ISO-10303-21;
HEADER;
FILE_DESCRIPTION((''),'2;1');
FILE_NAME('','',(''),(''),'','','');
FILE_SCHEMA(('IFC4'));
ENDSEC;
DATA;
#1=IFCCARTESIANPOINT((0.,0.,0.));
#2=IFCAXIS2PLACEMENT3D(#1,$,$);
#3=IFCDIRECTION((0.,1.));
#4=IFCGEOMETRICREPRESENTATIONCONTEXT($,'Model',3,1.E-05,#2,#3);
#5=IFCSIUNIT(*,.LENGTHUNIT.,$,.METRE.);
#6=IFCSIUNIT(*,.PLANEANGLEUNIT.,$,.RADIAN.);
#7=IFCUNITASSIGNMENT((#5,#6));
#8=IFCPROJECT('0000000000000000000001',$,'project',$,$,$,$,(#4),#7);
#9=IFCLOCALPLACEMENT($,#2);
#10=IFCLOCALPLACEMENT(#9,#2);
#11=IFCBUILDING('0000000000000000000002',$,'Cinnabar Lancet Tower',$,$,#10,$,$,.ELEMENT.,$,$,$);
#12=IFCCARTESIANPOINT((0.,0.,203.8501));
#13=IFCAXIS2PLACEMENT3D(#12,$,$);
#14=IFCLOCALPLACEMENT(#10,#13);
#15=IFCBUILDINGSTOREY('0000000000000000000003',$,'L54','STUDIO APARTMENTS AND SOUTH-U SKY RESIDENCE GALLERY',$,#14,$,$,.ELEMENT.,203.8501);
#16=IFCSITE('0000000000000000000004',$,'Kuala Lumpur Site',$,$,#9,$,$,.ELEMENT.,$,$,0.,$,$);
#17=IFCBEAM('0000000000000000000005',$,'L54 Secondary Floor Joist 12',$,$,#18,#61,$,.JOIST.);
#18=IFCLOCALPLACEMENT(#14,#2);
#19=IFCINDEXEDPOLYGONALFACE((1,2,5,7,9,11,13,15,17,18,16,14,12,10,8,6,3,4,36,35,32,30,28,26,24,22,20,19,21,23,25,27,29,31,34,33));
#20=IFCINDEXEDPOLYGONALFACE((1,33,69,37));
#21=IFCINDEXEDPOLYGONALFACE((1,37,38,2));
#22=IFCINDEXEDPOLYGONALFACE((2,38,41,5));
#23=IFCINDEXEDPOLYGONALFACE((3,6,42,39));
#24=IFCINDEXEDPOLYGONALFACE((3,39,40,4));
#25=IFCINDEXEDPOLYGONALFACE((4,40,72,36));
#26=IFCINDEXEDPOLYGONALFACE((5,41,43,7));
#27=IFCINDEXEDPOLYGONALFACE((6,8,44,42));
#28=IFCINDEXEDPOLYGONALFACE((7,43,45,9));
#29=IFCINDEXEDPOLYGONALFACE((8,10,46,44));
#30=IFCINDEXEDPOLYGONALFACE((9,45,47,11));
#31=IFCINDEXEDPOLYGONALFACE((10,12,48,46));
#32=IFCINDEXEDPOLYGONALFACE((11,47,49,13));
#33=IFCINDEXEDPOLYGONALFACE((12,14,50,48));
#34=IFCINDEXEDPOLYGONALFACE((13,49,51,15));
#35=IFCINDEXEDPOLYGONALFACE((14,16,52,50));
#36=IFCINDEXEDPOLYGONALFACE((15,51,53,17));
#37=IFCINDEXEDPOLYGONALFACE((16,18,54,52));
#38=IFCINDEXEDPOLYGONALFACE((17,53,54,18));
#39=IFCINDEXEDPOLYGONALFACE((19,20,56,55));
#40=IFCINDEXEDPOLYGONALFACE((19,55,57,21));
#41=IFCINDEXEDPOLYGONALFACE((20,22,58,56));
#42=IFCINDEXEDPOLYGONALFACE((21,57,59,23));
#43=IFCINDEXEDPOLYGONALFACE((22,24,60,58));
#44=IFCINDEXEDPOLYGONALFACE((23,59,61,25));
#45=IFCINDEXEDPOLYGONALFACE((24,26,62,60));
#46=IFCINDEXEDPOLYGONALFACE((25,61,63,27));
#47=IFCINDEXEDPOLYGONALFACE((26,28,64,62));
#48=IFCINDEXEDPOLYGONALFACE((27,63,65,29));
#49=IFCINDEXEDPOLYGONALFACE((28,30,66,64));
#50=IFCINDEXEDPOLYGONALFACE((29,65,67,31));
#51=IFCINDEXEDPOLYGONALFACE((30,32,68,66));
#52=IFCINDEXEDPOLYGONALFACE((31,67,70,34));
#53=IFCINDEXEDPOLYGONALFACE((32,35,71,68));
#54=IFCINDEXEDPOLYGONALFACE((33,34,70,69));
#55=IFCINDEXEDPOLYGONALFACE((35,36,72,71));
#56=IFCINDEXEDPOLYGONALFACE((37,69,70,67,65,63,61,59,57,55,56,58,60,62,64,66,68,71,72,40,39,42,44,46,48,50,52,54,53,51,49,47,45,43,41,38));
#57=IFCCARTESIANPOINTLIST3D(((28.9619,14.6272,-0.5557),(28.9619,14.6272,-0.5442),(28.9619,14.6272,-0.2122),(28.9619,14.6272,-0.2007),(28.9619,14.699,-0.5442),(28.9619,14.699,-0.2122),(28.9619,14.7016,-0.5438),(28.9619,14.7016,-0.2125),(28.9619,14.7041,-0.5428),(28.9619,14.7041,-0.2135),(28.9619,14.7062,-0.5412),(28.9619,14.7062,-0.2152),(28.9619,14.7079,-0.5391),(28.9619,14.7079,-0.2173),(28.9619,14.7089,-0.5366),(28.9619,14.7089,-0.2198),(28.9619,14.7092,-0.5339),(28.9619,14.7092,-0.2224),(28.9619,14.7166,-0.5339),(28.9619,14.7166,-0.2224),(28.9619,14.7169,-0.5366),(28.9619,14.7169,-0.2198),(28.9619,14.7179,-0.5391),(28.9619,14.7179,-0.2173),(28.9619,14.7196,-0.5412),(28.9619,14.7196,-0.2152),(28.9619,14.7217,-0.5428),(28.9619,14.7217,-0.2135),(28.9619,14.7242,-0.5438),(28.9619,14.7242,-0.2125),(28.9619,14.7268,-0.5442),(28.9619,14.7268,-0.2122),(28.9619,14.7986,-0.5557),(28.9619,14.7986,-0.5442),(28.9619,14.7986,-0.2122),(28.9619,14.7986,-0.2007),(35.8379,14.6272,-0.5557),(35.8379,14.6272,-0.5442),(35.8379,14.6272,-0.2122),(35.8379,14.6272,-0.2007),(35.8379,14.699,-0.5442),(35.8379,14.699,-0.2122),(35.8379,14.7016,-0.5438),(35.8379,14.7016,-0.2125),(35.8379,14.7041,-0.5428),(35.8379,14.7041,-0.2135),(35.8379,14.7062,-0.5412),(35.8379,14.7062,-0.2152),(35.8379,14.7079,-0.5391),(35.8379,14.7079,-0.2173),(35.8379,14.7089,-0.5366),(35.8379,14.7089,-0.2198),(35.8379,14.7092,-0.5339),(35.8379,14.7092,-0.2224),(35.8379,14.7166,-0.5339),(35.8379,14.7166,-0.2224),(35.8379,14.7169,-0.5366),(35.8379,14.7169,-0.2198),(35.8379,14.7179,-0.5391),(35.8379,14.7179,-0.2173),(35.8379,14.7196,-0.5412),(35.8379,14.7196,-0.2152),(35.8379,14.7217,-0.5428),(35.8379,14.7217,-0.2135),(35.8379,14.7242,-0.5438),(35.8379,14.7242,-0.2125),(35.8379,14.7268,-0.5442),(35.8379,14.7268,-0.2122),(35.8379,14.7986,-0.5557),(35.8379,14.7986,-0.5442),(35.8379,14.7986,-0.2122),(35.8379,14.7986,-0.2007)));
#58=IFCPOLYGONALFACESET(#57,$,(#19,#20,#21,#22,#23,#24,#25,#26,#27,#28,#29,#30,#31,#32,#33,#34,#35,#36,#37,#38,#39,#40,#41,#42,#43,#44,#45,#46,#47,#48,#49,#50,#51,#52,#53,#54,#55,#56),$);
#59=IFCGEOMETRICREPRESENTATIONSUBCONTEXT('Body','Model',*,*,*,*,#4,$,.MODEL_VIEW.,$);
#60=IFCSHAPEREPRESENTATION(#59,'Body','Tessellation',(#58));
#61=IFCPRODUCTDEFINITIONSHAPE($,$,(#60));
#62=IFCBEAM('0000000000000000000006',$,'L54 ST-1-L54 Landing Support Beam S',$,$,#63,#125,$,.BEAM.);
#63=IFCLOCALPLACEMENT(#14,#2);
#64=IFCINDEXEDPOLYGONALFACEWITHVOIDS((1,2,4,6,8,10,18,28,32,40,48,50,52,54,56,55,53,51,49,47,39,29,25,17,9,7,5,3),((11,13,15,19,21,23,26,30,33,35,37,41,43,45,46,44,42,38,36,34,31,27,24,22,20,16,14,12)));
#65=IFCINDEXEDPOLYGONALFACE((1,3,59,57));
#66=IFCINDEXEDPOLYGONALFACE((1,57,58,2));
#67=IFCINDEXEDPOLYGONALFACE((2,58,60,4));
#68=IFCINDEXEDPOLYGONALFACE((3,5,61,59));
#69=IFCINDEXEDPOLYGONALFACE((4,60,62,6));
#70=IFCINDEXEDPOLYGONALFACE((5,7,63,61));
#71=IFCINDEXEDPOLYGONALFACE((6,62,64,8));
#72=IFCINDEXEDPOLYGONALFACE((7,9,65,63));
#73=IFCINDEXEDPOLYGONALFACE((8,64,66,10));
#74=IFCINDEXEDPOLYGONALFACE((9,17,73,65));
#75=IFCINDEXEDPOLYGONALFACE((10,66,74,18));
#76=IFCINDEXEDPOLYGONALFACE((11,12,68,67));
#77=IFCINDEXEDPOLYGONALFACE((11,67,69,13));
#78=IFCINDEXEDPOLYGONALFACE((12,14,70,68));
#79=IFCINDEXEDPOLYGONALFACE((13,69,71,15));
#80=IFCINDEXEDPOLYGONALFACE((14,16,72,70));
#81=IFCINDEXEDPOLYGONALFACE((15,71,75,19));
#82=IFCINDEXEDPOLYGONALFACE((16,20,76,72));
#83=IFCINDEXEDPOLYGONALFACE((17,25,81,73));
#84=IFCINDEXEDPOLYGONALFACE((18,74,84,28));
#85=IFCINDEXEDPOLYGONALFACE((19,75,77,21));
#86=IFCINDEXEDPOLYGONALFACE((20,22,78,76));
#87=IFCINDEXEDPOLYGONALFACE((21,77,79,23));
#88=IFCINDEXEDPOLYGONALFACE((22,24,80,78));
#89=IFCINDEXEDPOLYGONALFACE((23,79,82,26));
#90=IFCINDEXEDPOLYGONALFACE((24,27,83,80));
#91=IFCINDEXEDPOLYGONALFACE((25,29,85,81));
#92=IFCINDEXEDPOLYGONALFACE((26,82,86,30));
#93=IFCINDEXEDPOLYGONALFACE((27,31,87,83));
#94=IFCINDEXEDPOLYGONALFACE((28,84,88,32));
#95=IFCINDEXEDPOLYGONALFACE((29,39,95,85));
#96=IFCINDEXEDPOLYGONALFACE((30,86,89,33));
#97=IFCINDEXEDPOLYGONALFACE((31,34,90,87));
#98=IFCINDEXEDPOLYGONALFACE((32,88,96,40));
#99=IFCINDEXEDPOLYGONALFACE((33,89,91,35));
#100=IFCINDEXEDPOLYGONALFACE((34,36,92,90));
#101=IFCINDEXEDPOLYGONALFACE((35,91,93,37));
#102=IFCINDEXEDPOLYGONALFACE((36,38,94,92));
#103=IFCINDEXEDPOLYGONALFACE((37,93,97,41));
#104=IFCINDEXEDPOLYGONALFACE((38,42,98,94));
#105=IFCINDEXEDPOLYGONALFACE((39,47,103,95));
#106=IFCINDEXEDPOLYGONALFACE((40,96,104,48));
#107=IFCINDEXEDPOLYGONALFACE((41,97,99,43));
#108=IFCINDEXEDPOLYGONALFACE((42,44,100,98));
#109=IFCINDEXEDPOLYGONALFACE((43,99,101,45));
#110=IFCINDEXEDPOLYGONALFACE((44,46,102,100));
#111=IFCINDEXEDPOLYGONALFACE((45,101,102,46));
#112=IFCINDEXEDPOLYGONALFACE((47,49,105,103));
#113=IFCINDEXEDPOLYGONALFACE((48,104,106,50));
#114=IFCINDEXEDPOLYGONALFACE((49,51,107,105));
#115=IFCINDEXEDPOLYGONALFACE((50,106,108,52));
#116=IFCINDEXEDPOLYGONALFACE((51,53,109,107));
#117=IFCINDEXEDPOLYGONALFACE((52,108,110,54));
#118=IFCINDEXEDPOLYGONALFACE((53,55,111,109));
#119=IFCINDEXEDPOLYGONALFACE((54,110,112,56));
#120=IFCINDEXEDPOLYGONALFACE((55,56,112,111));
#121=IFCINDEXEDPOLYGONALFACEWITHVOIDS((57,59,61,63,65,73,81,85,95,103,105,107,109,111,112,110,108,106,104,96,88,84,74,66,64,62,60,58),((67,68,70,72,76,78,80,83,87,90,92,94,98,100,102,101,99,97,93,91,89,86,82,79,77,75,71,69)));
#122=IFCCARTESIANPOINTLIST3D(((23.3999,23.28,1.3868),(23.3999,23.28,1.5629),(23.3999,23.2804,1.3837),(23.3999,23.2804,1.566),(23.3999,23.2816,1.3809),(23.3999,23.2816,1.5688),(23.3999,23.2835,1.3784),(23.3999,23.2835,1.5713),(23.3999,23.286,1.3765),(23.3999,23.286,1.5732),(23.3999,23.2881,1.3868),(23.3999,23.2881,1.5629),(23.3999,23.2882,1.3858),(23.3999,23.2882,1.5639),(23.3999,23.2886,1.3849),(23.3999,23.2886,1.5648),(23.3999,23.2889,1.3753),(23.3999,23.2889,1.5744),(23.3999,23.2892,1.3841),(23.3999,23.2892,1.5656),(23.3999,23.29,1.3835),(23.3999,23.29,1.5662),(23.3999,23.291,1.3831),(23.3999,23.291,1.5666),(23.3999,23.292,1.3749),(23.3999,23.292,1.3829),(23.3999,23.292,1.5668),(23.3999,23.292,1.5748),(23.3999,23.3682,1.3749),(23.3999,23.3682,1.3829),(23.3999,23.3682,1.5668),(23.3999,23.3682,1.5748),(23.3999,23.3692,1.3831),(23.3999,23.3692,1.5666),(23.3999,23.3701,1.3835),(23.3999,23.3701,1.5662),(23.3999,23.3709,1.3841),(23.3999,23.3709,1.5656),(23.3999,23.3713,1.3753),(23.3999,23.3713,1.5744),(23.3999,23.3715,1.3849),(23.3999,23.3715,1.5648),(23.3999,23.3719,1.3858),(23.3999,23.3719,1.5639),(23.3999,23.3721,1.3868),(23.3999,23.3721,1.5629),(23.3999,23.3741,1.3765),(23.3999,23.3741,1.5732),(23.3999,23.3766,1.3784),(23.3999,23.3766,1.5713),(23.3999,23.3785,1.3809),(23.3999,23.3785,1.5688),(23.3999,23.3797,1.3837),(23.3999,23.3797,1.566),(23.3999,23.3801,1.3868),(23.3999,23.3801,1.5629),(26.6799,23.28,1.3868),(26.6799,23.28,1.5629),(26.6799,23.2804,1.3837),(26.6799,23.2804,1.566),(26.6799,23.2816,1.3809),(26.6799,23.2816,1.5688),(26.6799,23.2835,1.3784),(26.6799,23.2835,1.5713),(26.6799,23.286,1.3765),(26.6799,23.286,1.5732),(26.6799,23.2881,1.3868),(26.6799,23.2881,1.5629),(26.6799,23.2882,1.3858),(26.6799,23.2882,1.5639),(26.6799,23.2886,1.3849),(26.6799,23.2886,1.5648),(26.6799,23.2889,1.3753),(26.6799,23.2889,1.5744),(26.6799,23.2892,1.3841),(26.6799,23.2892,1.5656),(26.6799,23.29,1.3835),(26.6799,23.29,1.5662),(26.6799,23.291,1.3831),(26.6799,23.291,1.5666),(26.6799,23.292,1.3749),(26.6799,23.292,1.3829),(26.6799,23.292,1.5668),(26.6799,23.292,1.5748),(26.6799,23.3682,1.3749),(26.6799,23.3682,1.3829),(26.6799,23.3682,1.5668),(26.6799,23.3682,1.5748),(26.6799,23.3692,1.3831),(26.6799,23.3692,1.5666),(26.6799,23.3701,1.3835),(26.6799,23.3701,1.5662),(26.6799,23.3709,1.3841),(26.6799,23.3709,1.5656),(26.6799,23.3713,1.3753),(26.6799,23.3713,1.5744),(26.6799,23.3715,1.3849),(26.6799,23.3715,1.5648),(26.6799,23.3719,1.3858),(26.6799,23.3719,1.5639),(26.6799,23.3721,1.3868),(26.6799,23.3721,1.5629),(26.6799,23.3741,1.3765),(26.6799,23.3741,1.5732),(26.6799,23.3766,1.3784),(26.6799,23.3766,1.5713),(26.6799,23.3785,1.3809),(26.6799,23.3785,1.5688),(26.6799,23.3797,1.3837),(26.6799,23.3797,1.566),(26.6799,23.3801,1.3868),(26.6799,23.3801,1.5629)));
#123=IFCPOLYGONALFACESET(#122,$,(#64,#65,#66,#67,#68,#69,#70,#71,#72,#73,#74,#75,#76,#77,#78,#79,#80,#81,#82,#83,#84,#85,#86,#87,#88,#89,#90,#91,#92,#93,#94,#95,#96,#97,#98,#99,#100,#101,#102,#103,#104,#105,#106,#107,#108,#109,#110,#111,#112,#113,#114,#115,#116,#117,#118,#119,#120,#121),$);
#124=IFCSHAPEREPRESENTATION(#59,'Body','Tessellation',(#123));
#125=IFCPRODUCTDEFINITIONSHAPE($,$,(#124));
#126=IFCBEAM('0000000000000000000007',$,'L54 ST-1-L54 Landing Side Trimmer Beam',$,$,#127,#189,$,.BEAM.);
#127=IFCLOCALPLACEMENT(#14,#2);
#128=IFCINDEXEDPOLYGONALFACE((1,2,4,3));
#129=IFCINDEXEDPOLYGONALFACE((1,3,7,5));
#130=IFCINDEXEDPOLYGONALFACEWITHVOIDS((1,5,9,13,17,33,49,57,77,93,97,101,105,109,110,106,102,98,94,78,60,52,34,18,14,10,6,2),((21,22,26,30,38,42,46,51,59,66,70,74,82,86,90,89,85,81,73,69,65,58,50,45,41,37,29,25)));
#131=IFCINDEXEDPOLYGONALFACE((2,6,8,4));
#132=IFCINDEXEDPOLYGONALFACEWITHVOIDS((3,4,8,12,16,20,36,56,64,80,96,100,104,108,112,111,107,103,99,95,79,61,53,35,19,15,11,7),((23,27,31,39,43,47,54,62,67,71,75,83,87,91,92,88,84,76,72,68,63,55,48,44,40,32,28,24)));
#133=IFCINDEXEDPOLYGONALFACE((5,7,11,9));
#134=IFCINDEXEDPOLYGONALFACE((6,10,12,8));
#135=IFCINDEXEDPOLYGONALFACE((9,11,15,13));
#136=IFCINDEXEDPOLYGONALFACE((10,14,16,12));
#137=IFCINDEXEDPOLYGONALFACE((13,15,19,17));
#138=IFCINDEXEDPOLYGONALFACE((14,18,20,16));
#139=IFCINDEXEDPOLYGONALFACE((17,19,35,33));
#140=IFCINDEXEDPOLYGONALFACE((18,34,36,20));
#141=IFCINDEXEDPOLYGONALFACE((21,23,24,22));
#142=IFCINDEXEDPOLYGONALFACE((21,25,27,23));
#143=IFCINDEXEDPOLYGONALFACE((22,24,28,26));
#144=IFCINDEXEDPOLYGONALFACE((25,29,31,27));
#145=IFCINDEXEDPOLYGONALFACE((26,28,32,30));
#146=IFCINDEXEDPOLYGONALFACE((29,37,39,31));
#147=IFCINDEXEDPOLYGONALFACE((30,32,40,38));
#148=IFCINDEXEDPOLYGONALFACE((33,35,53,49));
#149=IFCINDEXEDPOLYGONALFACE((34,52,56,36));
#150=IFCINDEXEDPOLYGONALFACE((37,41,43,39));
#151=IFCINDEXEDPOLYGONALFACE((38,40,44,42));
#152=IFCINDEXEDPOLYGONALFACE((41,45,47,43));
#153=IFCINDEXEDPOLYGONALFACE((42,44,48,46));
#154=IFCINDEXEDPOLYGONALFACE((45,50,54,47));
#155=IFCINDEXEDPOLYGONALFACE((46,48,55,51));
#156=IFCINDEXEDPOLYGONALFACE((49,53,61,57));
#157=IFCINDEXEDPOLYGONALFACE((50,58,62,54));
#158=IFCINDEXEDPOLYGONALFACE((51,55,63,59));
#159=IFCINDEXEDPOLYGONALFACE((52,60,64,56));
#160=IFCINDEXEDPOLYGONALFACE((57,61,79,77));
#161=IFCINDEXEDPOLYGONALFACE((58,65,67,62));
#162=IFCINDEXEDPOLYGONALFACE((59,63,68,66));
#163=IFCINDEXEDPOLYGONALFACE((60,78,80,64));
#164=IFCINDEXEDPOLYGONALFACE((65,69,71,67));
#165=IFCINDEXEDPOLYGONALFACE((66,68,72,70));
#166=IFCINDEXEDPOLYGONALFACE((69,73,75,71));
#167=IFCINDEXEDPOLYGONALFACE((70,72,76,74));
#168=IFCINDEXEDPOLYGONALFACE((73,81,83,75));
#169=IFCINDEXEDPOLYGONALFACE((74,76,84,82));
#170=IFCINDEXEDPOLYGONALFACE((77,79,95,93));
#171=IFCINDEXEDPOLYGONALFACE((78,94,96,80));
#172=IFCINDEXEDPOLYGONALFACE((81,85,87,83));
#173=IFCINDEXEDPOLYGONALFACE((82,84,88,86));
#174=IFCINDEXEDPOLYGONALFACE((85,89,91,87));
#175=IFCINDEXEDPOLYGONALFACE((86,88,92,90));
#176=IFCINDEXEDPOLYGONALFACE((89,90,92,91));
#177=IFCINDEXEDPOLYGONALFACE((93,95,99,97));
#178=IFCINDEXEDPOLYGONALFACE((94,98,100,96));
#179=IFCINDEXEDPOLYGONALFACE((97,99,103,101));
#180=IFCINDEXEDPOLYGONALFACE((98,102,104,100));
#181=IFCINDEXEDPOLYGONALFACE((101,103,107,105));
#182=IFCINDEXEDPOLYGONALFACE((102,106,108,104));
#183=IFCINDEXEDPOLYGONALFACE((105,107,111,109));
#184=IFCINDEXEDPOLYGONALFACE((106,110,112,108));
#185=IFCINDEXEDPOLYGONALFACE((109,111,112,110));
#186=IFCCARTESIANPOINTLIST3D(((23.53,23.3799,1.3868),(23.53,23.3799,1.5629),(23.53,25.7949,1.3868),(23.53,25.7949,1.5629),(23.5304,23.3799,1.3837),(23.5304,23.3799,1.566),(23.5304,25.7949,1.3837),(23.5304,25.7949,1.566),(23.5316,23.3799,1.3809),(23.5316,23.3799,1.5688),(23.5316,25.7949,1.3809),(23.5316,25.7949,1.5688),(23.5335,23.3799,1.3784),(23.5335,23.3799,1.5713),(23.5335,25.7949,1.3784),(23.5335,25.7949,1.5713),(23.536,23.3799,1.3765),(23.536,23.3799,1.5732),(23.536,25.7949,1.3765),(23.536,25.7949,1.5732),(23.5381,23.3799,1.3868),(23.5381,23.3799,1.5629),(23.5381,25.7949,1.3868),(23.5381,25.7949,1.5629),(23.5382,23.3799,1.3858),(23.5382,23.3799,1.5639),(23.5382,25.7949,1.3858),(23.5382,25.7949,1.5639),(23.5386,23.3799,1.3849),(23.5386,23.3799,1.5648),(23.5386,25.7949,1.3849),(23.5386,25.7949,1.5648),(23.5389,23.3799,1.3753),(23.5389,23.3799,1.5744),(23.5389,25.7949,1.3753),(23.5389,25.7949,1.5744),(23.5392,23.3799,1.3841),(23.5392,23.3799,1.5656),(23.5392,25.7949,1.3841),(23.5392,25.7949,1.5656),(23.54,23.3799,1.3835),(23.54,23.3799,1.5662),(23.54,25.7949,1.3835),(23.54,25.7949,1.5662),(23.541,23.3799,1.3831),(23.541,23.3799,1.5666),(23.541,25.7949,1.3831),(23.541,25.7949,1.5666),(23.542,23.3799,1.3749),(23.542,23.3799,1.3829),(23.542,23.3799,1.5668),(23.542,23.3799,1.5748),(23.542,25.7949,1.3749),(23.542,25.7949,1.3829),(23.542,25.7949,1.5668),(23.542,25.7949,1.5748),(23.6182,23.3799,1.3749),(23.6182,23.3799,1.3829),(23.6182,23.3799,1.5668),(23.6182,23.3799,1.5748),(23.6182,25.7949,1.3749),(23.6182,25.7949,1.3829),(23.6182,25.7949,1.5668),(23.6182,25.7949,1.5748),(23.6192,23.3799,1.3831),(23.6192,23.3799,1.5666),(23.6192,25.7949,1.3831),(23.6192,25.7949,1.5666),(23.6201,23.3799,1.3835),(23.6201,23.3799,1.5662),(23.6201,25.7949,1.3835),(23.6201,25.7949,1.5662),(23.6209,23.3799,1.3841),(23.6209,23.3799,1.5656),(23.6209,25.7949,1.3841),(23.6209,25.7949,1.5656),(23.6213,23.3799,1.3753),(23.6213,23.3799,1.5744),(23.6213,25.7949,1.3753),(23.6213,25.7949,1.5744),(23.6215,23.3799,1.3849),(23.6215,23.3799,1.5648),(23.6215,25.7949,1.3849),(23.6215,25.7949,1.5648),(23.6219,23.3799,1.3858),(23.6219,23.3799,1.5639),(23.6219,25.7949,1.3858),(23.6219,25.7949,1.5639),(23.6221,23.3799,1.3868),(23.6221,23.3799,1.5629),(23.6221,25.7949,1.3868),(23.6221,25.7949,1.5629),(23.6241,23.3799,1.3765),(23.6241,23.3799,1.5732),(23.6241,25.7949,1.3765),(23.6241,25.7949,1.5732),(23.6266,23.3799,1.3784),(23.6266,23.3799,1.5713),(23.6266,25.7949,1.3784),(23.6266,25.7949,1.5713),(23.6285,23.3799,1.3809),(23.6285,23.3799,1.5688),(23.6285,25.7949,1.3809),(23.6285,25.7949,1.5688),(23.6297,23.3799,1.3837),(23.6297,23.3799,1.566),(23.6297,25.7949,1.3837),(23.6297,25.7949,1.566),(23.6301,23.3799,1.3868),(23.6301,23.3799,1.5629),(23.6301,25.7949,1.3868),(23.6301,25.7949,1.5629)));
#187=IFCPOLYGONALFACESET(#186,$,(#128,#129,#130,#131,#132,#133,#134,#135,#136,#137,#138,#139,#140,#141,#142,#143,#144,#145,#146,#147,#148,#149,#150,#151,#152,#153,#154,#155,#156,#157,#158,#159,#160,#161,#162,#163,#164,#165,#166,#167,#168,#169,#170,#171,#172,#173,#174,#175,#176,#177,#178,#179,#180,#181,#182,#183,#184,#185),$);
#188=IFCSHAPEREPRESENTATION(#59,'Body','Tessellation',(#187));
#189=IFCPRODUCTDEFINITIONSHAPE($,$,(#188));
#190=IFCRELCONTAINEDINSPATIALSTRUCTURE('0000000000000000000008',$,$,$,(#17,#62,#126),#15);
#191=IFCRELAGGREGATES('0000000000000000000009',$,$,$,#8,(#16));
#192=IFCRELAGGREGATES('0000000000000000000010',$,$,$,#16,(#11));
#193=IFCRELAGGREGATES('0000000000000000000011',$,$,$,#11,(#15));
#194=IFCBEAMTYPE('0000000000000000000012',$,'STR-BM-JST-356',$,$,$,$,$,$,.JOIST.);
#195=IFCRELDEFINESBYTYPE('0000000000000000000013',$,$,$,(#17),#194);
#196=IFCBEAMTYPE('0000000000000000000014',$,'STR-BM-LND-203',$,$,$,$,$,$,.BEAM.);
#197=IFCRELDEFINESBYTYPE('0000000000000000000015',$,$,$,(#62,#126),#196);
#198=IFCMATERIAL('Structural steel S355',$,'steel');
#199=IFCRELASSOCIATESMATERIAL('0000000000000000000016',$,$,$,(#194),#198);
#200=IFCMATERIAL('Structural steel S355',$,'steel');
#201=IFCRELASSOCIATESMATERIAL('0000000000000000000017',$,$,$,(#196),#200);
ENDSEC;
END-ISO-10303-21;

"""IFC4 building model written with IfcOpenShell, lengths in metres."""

from ifc_helpers import new_model, si_unit, direction, frame, origin, origin_2d, place, context, subcontext, project, spatial, hollow_rectangle, i_section, extrude, material, material_profile, profile_set, type_object, element, save


model = new_model("IFC4")

# Units and contexts
model_context = context("Model", 3, precision=1e-05, world=origin(), true_north=direction((0.0, 1.0)))
body_context = subcontext(model_context, "Body", "Model", "MODEL_VIEW")
ifc_project = project(units=[si_unit("LENGTHUNIT", "METRE"), si_unit("PLANEANGLEUNIT", "RADIAN")], contexts=[model_context])

# Site, building, storey
site_placement = place(None, origin())
site = spatial("IfcSite", under=ifc_project, at=site_placement, Name="Kuala Lumpur Site", CompositionType="ELEMENT", RefElevation=0.0)
building_placement = place(site_placement, origin())
building = spatial("IfcBuilding", under=site, at=building_placement, Name="Cinnabar Lancet Tower", CompositionType="ELEMENT")
storey_placement = place(building_placement, frame((0.0, 0.0, 203.8501)))
storey = spatial("IfcBuildingStorey", under=building, at=storey_placement, Name="L54", Description="STUDIO APARTMENTS AND SOUTH-U SKY RESIDENCE GALLERY", CompositionType="ELEMENT", Elevation=203.8501)

# Beams
ifc_material_1 = material(Name="Structural steel S355", Category="steel")
ifc_material_profile_1 = material_profile(ifc_material_1, i_section(OverallWidth=0.1714, OverallDepth=0.355, WebThickness=0.0073, FlangeThickness=0.0115, FilletRadius=0.0103, at=origin_2d()), Name="UKB 356x171x51")
ifc_profile_set_1 = profile_set([ifc_material_profile_1], Name="Structural steel S355")
beam_type_1 = type_object("IfcBeamType", Name="STR-BM-JST-356", PredefinedType="JOIST", material=ifc_profile_set_1)
beam_1_placement = place(storey_placement, frame((28.9619, 14.7129, -0.3782), z_axis=(1.0, 0.0, 0.0), x_axis=(0.0, 1.0, 0.0)))
element("IfcBeam", 1, at=beam_1_placement, inside=storey, type_object=beam_type_1, Name="L54 Secondary Floor Joist 12", PredefinedType="JOIST", context=body_context, shape_type="SweptSolid", body=[
    extrude(i_section(OverallWidth=0.1714, OverallDepth=0.355, WebThickness=0.0073, FlangeThickness=0.0115, FilletRadius=0.0103, at=origin_2d()), origin(), (0.0, 0.0, 1.0), 6.876),
])
ifc_material_2 = material(Name="Structural steel S355", Category="steel")
ifc_material_profile_2 = material_profile(ifc_material_2, hollow_rectangle(XDim=0.1001, YDim=0.2, WallThickness=0.0081, InnerFilletRadius=0.0039, OuterFilletRadius=0.012, at=origin_2d()), Name="RHS 200x100x8")
ifc_profile_set_2 = profile_set([ifc_material_profile_2], Name="Structural steel S355")
beam_type_2 = type_object("IfcBeamType", Name="STR-BM-LND-203", PredefinedType="BEAM", material=ifc_profile_set_2)
beam_2_placement = place(storey_placement, frame((23.3999, 23.3301, 1.4749), z_axis=(1.0, 0.0, 0.0), x_axis=(0.0, 1.0, 0.0)))
element("IfcBeam", 2, at=beam_2_placement, inside=storey, type_object=beam_type_2, Name="L54 ST-1-L54 Landing Support Beam S", PredefinedType="BEAM", context=body_context, shape_type="SweptSolid", body=[
    extrude(hollow_rectangle(XDim=0.1001, YDim=0.2, WallThickness=0.0081, InnerFilletRadius=0.0039, OuterFilletRadius=0.012, at=origin_2d()), origin(), (0.0, 0.0, 1.0), 3.28),
])
beam_3_placement = place(storey_placement, frame((23.5801, 23.3799, 1.4749), z_axis=(0.0, 1.0, 0.0), x_axis=(-1.0, 0.0, 0.0)))
element("IfcBeam", 3, at=beam_3_placement, inside=storey, type_object=beam_type_2, Name="L54 ST-1-L54 Landing Side Trimmer Beam", PredefinedType="BEAM", context=body_context, shape_type="SweptSolid", body=[
    extrude(hollow_rectangle(XDim=0.1001, YDim=0.2, WallThickness=0.0081, InnerFilletRadius=0.0039, OuterFilletRadius=0.012, at=origin_2d()), origin(), (0.0, 0.0, 1.0), 2.415),
])

save(model, "model.ifc")
